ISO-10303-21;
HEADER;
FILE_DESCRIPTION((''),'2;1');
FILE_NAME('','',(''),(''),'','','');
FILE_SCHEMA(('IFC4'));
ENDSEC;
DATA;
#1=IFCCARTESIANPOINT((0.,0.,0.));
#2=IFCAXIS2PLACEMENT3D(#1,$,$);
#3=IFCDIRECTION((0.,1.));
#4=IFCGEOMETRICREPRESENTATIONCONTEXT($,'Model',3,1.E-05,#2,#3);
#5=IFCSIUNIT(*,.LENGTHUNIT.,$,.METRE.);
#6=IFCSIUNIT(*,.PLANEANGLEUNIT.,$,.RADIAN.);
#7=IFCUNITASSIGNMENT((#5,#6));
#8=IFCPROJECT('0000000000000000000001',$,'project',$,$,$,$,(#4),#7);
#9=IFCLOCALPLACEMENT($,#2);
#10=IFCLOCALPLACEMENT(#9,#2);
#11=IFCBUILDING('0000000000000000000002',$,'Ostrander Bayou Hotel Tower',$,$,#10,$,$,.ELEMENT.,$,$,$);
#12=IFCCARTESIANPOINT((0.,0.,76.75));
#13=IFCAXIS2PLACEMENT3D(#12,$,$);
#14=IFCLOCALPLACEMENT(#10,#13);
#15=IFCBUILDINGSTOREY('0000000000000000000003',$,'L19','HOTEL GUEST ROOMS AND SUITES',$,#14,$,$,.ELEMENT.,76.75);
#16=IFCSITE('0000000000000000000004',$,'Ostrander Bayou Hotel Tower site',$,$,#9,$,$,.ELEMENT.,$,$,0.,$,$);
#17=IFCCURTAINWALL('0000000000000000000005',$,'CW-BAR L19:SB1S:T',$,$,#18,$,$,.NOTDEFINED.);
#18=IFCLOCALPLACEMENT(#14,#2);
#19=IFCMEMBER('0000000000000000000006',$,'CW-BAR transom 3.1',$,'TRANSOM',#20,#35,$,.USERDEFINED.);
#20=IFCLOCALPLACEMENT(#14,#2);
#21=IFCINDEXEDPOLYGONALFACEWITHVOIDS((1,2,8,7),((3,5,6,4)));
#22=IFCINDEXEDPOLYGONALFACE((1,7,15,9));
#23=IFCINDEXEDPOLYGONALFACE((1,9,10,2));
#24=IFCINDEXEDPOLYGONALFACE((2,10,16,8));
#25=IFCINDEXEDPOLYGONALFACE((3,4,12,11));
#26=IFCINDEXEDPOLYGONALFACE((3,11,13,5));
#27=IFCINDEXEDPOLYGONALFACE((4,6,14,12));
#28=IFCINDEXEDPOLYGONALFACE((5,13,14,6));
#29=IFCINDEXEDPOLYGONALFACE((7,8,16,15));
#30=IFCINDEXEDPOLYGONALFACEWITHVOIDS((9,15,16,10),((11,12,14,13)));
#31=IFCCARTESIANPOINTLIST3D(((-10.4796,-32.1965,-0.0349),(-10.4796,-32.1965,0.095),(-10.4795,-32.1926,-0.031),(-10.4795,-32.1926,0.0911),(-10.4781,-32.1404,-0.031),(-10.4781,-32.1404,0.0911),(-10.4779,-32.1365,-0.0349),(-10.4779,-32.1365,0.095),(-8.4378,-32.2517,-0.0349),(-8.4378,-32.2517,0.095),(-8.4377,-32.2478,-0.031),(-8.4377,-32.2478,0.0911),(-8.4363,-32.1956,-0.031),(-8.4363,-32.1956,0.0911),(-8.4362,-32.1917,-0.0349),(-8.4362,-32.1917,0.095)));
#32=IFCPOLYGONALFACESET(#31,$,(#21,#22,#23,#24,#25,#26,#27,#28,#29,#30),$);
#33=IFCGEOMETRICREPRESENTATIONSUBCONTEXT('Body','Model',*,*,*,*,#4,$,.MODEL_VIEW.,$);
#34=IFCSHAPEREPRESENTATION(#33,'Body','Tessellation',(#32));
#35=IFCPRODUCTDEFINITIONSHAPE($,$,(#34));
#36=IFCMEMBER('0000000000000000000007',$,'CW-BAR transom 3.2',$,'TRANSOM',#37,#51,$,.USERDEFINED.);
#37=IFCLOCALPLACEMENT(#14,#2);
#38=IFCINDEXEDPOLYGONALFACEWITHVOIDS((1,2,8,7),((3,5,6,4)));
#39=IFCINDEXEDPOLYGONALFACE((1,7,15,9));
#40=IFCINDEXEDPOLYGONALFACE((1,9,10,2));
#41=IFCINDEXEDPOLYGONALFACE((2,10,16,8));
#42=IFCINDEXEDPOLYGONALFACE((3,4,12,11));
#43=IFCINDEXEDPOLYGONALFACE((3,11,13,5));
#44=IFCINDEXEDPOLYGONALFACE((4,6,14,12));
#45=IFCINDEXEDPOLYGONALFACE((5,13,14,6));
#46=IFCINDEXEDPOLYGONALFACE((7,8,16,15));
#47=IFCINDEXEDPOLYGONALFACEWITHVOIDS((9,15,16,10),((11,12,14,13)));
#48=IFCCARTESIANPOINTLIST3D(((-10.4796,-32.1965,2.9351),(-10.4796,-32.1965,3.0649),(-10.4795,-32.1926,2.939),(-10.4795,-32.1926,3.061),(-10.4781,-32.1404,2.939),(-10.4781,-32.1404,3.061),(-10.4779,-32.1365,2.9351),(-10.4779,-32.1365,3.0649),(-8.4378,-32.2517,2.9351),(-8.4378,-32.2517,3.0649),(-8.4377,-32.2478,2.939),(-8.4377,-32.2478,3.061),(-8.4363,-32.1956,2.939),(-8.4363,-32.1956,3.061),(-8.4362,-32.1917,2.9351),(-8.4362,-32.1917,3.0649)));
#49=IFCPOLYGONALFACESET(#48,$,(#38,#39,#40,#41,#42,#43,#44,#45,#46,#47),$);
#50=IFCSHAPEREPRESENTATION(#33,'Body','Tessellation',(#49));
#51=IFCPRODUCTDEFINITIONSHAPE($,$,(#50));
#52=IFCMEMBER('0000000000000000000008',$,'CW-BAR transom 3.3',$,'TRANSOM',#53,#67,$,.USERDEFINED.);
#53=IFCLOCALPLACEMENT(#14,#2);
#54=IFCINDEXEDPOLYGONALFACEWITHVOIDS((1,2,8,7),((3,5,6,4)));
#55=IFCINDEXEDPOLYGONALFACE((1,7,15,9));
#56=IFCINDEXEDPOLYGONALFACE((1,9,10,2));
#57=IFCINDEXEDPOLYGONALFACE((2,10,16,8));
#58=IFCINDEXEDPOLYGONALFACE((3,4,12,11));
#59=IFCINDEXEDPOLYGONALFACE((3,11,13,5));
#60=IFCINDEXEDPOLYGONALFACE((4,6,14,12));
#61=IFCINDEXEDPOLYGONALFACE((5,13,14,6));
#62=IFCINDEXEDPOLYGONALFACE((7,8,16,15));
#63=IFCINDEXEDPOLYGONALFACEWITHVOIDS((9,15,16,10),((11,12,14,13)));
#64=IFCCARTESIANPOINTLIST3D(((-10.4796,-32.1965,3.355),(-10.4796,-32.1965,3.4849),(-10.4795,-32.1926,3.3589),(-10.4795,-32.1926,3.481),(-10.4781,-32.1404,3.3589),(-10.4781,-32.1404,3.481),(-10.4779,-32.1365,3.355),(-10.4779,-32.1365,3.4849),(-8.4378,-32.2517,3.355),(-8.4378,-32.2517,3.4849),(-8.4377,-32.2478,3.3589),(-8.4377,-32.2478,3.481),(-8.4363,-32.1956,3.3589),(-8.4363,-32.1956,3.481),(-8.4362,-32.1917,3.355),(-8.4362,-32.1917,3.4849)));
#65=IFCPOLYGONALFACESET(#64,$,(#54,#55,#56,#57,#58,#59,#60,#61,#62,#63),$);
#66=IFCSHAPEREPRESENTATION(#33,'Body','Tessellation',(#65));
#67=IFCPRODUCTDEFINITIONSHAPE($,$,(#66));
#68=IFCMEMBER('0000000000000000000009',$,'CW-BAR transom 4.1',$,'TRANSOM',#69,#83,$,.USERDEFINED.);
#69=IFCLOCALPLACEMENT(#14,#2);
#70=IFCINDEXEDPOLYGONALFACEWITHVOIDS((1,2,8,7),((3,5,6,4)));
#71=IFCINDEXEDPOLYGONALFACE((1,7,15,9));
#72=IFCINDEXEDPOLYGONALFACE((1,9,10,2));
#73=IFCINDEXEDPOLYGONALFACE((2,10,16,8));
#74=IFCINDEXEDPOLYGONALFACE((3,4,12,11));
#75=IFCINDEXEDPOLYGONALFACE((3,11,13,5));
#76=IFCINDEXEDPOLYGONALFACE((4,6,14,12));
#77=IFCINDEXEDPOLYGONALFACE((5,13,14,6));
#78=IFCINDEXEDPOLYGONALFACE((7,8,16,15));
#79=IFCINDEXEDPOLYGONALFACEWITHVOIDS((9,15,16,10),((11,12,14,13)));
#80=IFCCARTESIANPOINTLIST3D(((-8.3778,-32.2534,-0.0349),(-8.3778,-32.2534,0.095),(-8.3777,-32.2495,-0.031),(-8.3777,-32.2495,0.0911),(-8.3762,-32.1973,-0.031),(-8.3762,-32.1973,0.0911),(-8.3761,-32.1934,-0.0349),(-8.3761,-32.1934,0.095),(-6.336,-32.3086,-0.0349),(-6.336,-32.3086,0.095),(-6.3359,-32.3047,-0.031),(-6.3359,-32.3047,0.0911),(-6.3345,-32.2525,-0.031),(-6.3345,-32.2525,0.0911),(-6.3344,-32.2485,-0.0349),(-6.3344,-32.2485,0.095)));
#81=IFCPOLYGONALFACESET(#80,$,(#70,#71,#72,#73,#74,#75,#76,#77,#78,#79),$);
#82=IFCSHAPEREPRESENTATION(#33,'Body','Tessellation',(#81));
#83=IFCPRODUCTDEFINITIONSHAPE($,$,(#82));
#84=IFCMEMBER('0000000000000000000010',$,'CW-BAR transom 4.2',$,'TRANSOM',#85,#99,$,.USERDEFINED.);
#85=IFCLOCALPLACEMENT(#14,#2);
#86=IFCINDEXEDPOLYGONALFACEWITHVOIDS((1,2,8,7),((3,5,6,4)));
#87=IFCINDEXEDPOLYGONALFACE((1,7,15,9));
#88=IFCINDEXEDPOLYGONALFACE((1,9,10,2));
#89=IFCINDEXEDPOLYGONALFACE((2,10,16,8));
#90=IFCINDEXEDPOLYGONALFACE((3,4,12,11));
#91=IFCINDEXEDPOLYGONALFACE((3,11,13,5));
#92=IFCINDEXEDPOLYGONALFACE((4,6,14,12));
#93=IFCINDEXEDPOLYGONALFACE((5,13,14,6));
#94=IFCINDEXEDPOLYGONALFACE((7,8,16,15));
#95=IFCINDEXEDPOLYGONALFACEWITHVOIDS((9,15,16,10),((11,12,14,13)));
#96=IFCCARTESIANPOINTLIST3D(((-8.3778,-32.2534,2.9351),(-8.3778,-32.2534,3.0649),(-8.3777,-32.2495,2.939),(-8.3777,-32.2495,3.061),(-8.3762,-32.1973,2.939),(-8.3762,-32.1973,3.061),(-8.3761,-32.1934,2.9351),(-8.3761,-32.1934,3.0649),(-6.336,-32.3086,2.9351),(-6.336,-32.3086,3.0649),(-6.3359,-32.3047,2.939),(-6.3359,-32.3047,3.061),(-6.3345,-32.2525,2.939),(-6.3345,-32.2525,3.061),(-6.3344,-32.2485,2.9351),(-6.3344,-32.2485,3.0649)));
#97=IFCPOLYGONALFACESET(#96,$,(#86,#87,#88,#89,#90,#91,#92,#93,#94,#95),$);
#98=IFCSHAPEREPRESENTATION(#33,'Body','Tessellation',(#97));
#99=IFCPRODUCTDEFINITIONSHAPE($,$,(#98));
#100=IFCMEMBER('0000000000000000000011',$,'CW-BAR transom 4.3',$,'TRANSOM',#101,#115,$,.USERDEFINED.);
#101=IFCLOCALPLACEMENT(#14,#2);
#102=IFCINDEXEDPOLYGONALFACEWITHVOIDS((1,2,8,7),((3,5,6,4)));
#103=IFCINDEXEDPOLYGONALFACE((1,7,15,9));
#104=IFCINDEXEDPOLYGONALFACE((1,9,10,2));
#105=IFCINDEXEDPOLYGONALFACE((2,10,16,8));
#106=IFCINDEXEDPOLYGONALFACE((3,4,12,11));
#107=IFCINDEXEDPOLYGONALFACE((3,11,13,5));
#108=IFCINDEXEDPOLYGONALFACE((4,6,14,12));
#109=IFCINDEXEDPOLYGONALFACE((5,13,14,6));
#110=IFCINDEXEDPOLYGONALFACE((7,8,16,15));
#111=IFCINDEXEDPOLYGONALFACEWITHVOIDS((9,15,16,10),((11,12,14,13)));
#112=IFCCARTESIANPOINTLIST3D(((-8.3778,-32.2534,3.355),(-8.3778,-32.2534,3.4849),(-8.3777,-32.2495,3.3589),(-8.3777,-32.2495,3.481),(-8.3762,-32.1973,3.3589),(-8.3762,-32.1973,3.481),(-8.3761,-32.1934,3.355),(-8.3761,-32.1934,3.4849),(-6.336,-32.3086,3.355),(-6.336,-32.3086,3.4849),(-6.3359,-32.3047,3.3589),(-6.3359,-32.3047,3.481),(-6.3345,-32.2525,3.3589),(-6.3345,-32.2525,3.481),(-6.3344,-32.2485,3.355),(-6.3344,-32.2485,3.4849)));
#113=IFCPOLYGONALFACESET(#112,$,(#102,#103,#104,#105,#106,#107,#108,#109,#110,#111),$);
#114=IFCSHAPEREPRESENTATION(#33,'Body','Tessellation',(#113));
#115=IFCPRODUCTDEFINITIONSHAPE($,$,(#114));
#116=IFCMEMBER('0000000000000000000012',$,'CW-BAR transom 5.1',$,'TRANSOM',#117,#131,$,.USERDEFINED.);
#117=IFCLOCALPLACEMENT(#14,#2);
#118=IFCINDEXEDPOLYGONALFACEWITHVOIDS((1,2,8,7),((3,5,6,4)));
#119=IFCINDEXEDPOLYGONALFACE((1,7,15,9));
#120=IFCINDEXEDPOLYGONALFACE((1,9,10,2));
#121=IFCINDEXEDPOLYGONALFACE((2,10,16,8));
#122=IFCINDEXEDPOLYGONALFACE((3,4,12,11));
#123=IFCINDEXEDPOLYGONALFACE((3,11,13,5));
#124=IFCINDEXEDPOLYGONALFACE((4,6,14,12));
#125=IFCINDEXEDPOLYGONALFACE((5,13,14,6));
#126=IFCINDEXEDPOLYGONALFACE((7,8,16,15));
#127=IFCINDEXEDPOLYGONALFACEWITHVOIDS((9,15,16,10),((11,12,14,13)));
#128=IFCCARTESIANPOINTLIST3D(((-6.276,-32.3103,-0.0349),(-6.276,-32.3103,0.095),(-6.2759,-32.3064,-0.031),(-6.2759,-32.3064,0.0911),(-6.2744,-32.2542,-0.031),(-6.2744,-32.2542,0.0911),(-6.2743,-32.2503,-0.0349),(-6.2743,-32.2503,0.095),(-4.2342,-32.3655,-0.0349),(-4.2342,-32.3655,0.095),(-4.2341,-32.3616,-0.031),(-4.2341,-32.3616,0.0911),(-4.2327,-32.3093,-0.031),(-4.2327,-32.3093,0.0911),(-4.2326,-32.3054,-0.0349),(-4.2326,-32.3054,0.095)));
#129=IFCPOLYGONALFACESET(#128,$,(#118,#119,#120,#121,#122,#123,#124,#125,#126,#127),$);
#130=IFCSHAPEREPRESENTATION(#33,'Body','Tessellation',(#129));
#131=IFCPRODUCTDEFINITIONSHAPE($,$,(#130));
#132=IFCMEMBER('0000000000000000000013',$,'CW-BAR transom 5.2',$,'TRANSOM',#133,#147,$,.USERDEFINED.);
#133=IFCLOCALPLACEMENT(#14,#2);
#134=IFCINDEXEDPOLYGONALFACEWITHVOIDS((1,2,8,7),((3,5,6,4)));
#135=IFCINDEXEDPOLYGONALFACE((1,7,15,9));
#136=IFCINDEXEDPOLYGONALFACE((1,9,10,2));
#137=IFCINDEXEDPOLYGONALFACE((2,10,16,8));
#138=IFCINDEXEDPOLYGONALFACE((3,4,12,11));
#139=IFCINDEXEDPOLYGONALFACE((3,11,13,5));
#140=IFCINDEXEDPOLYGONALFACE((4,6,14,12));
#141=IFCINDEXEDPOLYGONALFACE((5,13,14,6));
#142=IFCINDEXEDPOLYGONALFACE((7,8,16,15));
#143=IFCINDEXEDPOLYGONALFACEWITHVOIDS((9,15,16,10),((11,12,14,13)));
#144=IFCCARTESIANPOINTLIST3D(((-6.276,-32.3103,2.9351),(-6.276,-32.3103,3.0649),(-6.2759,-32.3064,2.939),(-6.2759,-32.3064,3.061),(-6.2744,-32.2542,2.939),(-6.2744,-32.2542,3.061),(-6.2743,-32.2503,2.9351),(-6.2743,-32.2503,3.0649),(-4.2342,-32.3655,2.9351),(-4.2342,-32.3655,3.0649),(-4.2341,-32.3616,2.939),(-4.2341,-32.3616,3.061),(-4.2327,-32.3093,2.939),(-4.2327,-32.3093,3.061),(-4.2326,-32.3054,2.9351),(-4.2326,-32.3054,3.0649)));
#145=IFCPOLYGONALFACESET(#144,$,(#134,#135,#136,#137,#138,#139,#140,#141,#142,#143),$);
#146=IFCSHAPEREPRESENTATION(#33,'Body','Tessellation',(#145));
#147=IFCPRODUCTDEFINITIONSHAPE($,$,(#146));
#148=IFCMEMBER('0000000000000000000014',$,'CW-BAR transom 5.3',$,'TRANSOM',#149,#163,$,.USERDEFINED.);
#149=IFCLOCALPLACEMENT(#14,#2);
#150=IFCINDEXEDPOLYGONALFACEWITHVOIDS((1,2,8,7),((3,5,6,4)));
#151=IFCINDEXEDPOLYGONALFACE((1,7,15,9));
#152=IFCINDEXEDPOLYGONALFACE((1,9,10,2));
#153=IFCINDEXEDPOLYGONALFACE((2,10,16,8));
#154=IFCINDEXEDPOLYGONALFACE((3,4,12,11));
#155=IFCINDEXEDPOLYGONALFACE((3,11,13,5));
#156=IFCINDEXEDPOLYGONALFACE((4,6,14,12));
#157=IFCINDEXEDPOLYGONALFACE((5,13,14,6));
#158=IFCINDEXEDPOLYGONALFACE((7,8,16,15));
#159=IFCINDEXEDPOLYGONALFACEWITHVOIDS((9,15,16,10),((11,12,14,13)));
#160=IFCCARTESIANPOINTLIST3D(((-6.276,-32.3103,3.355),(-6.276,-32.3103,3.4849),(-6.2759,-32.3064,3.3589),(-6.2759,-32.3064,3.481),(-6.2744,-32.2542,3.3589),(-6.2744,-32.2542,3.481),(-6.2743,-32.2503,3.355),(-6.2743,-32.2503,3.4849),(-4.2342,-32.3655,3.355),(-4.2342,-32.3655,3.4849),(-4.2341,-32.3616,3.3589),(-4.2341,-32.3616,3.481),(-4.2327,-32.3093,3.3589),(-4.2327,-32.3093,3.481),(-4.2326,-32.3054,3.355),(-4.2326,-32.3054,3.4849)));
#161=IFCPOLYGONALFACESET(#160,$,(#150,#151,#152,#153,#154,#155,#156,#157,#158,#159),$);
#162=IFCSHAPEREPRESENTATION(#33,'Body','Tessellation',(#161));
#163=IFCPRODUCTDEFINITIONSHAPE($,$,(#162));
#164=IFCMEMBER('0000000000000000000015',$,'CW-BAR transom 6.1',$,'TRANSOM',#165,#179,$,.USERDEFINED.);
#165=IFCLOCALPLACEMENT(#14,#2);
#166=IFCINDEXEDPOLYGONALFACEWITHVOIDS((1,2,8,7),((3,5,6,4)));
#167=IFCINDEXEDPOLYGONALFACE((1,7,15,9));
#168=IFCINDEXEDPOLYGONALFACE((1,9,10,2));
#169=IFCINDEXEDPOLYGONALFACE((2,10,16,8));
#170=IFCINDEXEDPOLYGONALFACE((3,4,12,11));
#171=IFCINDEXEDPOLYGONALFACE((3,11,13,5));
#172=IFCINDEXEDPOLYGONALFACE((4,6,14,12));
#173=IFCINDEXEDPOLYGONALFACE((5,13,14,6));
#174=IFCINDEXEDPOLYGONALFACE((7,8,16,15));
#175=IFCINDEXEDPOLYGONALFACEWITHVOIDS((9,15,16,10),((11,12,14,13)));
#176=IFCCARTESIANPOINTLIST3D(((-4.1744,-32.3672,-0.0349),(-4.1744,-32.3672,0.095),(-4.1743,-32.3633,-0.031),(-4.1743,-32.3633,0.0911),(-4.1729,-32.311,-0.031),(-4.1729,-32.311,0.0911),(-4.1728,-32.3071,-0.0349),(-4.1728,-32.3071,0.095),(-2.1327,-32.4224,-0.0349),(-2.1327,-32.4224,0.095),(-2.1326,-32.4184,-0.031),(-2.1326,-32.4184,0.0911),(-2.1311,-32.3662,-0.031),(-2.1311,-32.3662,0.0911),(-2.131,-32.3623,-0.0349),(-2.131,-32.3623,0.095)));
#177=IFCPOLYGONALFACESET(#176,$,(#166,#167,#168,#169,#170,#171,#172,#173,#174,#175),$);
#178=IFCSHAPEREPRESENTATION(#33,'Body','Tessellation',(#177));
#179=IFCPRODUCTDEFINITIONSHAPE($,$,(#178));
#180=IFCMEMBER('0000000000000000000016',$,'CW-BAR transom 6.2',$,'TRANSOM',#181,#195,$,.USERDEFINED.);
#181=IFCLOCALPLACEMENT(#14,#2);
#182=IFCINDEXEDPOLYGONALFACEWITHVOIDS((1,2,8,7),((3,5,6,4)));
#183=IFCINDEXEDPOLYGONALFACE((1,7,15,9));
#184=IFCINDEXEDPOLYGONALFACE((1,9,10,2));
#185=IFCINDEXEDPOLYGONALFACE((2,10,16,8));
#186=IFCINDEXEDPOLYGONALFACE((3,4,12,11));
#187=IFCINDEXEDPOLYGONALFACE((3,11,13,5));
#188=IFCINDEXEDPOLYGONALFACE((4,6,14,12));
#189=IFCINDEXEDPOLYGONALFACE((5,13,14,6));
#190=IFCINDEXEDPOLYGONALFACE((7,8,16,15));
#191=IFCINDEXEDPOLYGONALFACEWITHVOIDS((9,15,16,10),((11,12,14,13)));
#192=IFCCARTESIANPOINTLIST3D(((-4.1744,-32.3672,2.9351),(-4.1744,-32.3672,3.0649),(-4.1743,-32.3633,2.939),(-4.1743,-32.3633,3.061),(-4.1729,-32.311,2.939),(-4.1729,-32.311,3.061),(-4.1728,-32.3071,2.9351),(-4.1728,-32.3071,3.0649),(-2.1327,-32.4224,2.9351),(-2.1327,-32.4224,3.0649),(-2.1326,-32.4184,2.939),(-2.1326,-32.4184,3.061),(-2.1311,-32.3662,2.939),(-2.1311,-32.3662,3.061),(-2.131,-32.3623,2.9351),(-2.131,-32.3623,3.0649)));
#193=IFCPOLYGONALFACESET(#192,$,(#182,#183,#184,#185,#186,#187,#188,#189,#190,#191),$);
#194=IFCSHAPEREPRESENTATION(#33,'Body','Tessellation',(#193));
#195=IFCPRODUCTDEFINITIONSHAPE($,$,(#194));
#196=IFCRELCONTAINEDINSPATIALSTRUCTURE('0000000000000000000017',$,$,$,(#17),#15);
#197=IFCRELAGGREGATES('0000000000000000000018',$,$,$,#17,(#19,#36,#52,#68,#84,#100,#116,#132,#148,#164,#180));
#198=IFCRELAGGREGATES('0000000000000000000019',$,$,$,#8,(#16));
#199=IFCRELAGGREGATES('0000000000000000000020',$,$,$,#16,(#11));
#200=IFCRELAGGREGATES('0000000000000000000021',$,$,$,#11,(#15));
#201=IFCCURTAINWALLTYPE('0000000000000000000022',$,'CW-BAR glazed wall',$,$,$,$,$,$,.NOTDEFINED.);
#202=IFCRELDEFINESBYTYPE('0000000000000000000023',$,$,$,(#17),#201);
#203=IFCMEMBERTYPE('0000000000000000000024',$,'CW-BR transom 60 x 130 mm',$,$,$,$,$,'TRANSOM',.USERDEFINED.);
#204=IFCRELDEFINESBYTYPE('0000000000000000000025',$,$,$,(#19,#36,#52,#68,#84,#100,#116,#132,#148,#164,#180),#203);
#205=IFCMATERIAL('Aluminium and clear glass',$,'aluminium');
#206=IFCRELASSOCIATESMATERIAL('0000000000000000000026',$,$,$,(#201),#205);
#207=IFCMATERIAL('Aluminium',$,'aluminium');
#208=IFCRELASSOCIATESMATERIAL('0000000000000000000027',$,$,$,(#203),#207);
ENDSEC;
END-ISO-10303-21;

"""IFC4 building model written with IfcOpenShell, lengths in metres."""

from ifc_helpers import new_model, si_unit, direction, frame, origin, origin_2d, place, context, subcontext, project, spatial, hollow_rectangle, extrude, material, material_profile, profile_set, type_object, element, aggregate, save


model = new_model("IFC4")

# Units and contexts
model_context = context("Model", 3, precision=1e-05, world=origin(), true_north=direction((0.0, 1.0)))
body_context = subcontext(model_context, "Body", "Model", "MODEL_VIEW")
ifc_project = project(units=[si_unit("LENGTHUNIT", "METRE"), si_unit("PLANEANGLEUNIT", "RADIAN")], contexts=[model_context])

# Site, building, storey
site_placement = place(None, origin())
site = spatial("IfcSite", under=ifc_project, at=site_placement, Name="Ostrander Bayou Hotel Tower site", CompositionType="ELEMENT", RefElevation=0.0)
building_placement = place(site_placement, origin())
building = spatial("IfcBuilding", under=site, at=building_placement, Name="Ostrander Bayou Hotel Tower", CompositionType="ELEMENT")
storey_placement = place(building_placement, frame((0.0, 0.0, 76.75)))
storey = spatial("IfcBuildingStorey", under=building, at=storey_placement, Name="L19", Description="HOTEL GUEST ROOMS AND SUITES", CompositionType="ELEMENT", Elevation=76.75)

# Curtain wall, members
ifc_material_1 = material(Name="Aluminium and clear glass", Category="aluminium")
curtain_wall_type = type_object("IfcCurtainWallType", Name="CW-BAR glazed wall", PredefinedType="NOTDEFINED", material=ifc_material_1)
curtain_wall_placement = place(storey_placement, origin())
curtain_wall = element("IfcCurtainWall", 1, at=curtain_wall_placement, inside=storey, type_object=curtain_wall_type, Name="CW-BAR L19:SB1S:T", PredefinedType="NOTDEFINED")
ifc_material_2 = material(Name="Aluminium", Category="aluminium")
ifc_material_profile_1 = material_profile(ifc_material_2, hollow_rectangle(XDim=0.0601, YDim=0.1299, WallThickness=0.0039, at=origin_2d()))
ifc_profile_set_1 = profile_set([ifc_material_profile_1], Name="Aluminium")
member_type_1 = type_object("IfcMemberType", Name="CW-BR transom 60 x 130 mm", ElementType="TRANSOM", PredefinedType="USERDEFINED", material=ifc_profile_set_1)
member_1_placement = place(storey_placement, frame((-10.4788, -32.1665, 0.03), z_axis=(0.999635, -0.027014, 0.0), x_axis=(0.027014, 0.999635, 0.0)))
member_1 = element("IfcMember", 2, at=member_1_placement, type_object=member_type_1, Name="CW-BAR transom 3.1", ObjectType="TRANSOM", PredefinedType="USERDEFINED", context=body_context, shape_type="SweptSolid", body=[
    extrude(hollow_rectangle(XDim=0.0601, YDim=0.1299, WallThickness=0.0039, at=origin_2d()), origin(), (0.0, 0.0, 1.0), 2.0425),
])
member_2_placement = place(storey_placement, frame((-10.4788, -32.1665, 3.0), z_axis=(0.999635, -0.027014, 0.0), x_axis=(0.027014, 0.999635, 0.0)))
member_2 = element("IfcMember", 3, at=member_2_placement, type_object=member_type_1, Name="CW-BAR transom 3.2", ObjectType="TRANSOM", PredefinedType="USERDEFINED", context=body_context, shape_type="SweptSolid", body=[
    extrude(hollow_rectangle(XDim=0.0601, YDim=0.1299, WallThickness=0.0039, at=origin_2d()), origin(), (0.0, 0.0, 1.0), 2.0425),
])
member_3_placement = place(storey_placement, frame((-10.4788, -32.1665, 3.4199), z_axis=(0.999635, -0.027014, 0.0), x_axis=(0.027014, 0.999635, 0.0)))
member_3 = element("IfcMember", 4, at=member_3_placement, type_object=member_type_1, Name="CW-BAR transom 3.3", ObjectType="TRANSOM", PredefinedType="USERDEFINED", context=body_context, shape_type="SweptSolid", body=[
    extrude(hollow_rectangle(XDim=0.0601, YDim=0.1299, WallThickness=0.0039, at=origin_2d()), origin(), (0.0, 0.0, 1.0), 2.0425),
])
member_4_placement = place(storey_placement, frame((-8.377, -32.2234, 0.03), z_axis=(0.999635, -0.027014, 0.0), x_axis=(0.027014, 0.999635, 0.0)))
member_4 = element("IfcMember", 5, at=member_4_placement, type_object=member_type_1, Name="CW-BAR transom 4.1", ObjectType="TRANSOM", PredefinedType="USERDEFINED", context=body_context, shape_type="SweptSolid", body=[
    extrude(hollow_rectangle(XDim=0.0601, YDim=0.1299, WallThickness=0.0039, at=origin_2d()), origin(), (0.0, 0.0, 1.0), 2.0425),
])
member_5_placement = place(storey_placement, frame((-8.377, -32.2234, 3.0), z_axis=(0.999635, -0.027014, 0.0), x_axis=(0.027014, 0.999635, 0.0)))
member_5 = element("IfcMember", 6, at=member_5_placement, type_object=member_type_1, Name="CW-BAR transom 4.2", ObjectType="TRANSOM", PredefinedType="USERDEFINED", context=body_context, shape_type="SweptSolid", body=[
    extrude(hollow_rectangle(XDim=0.0601, YDim=0.1299, WallThickness=0.0039, at=origin_2d()), origin(), (0.0, 0.0, 1.0), 2.0425),
])
member_6_placement = place(storey_placement, frame((-8.377, -32.2234, 3.4199), z_axis=(0.999635, -0.027014, 0.0), x_axis=(0.027014, 0.999635, 0.0)))
member_6 = element("IfcMember", 7, at=member_6_placement, type_object=member_type_1, Name="CW-BAR transom 4.3", ObjectType="TRANSOM", PredefinedType="USERDEFINED", context=body_context, shape_type="SweptSolid", body=[
    extrude(hollow_rectangle(XDim=0.0601, YDim=0.1299, WallThickness=0.0039, at=origin_2d()), origin(), (0.0, 0.0, 1.0), 2.0425),
])
member_7_placement = place(storey_placement, frame((-6.2751, -32.2803, 0.03), z_axis=(0.999635, -0.027014, 0.0), x_axis=(0.027014, 0.999635, 0.0)))
member_7 = element("IfcMember", 8, at=member_7_placement, type_object=member_type_1, Name="CW-BAR transom 5.1", ObjectType="TRANSOM", PredefinedType="USERDEFINED", context=body_context, shape_type="SweptSolid", body=[
    extrude(hollow_rectangle(XDim=0.0601, YDim=0.1299, WallThickness=0.0039, at=origin_2d()), origin(), (0.0, 0.0, 1.0), 2.0425),
])
member_8_placement = place(storey_placement, frame((-6.2751, -32.2803, 3.0), z_axis=(0.999635, -0.027014, 0.0), x_axis=(0.027014, 0.999635, 0.0)))
member_8 = element("IfcMember", 9, at=member_8_placement, type_object=member_type_1, Name="CW-BAR transom 5.2", ObjectType="TRANSOM", PredefinedType="USERDEFINED", context=body_context, shape_type="SweptSolid", body=[
    extrude(hollow_rectangle(XDim=0.0601, YDim=0.1299, WallThickness=0.0039, at=origin_2d()), origin(), (0.0, 0.0, 1.0), 2.0425),
])
member_9_placement = place(storey_placement, frame((-6.2751, -32.2803, 3.4199), z_axis=(0.999635, -0.027014, 0.0), x_axis=(0.027014, 0.999635, 0.0)))
member_9 = element("IfcMember", 10, at=member_9_placement, type_object=member_type_1, Name="CW-BAR transom 5.3", ObjectType="TRANSOM", PredefinedType="USERDEFINED", context=body_context, shape_type="SweptSolid", body=[
    extrude(hollow_rectangle(XDim=0.0601, YDim=0.1299, WallThickness=0.0039, at=origin_2d()), origin(), (0.0, 0.0, 1.0), 2.0425),
])
member_10_placement = place(storey_placement, frame((-4.1736, -32.3372, 0.03), z_axis=(0.999635, -0.027014, 0.0), x_axis=(0.027014, 0.999635, 0.0)))
member_10 = element("IfcMember", 11, at=member_10_placement, type_object=member_type_1, Name="CW-BAR transom 6.1", ObjectType="TRANSOM", PredefinedType="USERDEFINED", context=body_context, shape_type="SweptSolid", body=[
    extrude(hollow_rectangle(XDim=0.0601, YDim=0.1299, WallThickness=0.0039, at=origin_2d()), origin(), (0.0, 0.0, 1.0), 2.0425),
])
member_11_placement = place(storey_placement, frame((-4.1736, -32.3372, 3.0), z_axis=(0.999635, -0.027014, 0.0), x_axis=(0.027014, 0.999635, 0.0)))
member_11 = element("IfcMember", 12, at=member_11_placement, type_object=member_type_1, Name="CW-BAR transom 6.2", ObjectType="TRANSOM", PredefinedType="USERDEFINED", context=body_context, shape_type="SweptSolid", body=[
    extrude(hollow_rectangle(XDim=0.0601, YDim=0.1299, WallThickness=0.0039, at=origin_2d()), origin(), (0.0, 0.0, 1.0), 2.0425),
])
aggregate(curtain_wall, [member_1, member_2, member_3, member_4, member_5, member_6, member_7, member_8, member_9, member_10, member_11])

save(model, "model.ifc")
